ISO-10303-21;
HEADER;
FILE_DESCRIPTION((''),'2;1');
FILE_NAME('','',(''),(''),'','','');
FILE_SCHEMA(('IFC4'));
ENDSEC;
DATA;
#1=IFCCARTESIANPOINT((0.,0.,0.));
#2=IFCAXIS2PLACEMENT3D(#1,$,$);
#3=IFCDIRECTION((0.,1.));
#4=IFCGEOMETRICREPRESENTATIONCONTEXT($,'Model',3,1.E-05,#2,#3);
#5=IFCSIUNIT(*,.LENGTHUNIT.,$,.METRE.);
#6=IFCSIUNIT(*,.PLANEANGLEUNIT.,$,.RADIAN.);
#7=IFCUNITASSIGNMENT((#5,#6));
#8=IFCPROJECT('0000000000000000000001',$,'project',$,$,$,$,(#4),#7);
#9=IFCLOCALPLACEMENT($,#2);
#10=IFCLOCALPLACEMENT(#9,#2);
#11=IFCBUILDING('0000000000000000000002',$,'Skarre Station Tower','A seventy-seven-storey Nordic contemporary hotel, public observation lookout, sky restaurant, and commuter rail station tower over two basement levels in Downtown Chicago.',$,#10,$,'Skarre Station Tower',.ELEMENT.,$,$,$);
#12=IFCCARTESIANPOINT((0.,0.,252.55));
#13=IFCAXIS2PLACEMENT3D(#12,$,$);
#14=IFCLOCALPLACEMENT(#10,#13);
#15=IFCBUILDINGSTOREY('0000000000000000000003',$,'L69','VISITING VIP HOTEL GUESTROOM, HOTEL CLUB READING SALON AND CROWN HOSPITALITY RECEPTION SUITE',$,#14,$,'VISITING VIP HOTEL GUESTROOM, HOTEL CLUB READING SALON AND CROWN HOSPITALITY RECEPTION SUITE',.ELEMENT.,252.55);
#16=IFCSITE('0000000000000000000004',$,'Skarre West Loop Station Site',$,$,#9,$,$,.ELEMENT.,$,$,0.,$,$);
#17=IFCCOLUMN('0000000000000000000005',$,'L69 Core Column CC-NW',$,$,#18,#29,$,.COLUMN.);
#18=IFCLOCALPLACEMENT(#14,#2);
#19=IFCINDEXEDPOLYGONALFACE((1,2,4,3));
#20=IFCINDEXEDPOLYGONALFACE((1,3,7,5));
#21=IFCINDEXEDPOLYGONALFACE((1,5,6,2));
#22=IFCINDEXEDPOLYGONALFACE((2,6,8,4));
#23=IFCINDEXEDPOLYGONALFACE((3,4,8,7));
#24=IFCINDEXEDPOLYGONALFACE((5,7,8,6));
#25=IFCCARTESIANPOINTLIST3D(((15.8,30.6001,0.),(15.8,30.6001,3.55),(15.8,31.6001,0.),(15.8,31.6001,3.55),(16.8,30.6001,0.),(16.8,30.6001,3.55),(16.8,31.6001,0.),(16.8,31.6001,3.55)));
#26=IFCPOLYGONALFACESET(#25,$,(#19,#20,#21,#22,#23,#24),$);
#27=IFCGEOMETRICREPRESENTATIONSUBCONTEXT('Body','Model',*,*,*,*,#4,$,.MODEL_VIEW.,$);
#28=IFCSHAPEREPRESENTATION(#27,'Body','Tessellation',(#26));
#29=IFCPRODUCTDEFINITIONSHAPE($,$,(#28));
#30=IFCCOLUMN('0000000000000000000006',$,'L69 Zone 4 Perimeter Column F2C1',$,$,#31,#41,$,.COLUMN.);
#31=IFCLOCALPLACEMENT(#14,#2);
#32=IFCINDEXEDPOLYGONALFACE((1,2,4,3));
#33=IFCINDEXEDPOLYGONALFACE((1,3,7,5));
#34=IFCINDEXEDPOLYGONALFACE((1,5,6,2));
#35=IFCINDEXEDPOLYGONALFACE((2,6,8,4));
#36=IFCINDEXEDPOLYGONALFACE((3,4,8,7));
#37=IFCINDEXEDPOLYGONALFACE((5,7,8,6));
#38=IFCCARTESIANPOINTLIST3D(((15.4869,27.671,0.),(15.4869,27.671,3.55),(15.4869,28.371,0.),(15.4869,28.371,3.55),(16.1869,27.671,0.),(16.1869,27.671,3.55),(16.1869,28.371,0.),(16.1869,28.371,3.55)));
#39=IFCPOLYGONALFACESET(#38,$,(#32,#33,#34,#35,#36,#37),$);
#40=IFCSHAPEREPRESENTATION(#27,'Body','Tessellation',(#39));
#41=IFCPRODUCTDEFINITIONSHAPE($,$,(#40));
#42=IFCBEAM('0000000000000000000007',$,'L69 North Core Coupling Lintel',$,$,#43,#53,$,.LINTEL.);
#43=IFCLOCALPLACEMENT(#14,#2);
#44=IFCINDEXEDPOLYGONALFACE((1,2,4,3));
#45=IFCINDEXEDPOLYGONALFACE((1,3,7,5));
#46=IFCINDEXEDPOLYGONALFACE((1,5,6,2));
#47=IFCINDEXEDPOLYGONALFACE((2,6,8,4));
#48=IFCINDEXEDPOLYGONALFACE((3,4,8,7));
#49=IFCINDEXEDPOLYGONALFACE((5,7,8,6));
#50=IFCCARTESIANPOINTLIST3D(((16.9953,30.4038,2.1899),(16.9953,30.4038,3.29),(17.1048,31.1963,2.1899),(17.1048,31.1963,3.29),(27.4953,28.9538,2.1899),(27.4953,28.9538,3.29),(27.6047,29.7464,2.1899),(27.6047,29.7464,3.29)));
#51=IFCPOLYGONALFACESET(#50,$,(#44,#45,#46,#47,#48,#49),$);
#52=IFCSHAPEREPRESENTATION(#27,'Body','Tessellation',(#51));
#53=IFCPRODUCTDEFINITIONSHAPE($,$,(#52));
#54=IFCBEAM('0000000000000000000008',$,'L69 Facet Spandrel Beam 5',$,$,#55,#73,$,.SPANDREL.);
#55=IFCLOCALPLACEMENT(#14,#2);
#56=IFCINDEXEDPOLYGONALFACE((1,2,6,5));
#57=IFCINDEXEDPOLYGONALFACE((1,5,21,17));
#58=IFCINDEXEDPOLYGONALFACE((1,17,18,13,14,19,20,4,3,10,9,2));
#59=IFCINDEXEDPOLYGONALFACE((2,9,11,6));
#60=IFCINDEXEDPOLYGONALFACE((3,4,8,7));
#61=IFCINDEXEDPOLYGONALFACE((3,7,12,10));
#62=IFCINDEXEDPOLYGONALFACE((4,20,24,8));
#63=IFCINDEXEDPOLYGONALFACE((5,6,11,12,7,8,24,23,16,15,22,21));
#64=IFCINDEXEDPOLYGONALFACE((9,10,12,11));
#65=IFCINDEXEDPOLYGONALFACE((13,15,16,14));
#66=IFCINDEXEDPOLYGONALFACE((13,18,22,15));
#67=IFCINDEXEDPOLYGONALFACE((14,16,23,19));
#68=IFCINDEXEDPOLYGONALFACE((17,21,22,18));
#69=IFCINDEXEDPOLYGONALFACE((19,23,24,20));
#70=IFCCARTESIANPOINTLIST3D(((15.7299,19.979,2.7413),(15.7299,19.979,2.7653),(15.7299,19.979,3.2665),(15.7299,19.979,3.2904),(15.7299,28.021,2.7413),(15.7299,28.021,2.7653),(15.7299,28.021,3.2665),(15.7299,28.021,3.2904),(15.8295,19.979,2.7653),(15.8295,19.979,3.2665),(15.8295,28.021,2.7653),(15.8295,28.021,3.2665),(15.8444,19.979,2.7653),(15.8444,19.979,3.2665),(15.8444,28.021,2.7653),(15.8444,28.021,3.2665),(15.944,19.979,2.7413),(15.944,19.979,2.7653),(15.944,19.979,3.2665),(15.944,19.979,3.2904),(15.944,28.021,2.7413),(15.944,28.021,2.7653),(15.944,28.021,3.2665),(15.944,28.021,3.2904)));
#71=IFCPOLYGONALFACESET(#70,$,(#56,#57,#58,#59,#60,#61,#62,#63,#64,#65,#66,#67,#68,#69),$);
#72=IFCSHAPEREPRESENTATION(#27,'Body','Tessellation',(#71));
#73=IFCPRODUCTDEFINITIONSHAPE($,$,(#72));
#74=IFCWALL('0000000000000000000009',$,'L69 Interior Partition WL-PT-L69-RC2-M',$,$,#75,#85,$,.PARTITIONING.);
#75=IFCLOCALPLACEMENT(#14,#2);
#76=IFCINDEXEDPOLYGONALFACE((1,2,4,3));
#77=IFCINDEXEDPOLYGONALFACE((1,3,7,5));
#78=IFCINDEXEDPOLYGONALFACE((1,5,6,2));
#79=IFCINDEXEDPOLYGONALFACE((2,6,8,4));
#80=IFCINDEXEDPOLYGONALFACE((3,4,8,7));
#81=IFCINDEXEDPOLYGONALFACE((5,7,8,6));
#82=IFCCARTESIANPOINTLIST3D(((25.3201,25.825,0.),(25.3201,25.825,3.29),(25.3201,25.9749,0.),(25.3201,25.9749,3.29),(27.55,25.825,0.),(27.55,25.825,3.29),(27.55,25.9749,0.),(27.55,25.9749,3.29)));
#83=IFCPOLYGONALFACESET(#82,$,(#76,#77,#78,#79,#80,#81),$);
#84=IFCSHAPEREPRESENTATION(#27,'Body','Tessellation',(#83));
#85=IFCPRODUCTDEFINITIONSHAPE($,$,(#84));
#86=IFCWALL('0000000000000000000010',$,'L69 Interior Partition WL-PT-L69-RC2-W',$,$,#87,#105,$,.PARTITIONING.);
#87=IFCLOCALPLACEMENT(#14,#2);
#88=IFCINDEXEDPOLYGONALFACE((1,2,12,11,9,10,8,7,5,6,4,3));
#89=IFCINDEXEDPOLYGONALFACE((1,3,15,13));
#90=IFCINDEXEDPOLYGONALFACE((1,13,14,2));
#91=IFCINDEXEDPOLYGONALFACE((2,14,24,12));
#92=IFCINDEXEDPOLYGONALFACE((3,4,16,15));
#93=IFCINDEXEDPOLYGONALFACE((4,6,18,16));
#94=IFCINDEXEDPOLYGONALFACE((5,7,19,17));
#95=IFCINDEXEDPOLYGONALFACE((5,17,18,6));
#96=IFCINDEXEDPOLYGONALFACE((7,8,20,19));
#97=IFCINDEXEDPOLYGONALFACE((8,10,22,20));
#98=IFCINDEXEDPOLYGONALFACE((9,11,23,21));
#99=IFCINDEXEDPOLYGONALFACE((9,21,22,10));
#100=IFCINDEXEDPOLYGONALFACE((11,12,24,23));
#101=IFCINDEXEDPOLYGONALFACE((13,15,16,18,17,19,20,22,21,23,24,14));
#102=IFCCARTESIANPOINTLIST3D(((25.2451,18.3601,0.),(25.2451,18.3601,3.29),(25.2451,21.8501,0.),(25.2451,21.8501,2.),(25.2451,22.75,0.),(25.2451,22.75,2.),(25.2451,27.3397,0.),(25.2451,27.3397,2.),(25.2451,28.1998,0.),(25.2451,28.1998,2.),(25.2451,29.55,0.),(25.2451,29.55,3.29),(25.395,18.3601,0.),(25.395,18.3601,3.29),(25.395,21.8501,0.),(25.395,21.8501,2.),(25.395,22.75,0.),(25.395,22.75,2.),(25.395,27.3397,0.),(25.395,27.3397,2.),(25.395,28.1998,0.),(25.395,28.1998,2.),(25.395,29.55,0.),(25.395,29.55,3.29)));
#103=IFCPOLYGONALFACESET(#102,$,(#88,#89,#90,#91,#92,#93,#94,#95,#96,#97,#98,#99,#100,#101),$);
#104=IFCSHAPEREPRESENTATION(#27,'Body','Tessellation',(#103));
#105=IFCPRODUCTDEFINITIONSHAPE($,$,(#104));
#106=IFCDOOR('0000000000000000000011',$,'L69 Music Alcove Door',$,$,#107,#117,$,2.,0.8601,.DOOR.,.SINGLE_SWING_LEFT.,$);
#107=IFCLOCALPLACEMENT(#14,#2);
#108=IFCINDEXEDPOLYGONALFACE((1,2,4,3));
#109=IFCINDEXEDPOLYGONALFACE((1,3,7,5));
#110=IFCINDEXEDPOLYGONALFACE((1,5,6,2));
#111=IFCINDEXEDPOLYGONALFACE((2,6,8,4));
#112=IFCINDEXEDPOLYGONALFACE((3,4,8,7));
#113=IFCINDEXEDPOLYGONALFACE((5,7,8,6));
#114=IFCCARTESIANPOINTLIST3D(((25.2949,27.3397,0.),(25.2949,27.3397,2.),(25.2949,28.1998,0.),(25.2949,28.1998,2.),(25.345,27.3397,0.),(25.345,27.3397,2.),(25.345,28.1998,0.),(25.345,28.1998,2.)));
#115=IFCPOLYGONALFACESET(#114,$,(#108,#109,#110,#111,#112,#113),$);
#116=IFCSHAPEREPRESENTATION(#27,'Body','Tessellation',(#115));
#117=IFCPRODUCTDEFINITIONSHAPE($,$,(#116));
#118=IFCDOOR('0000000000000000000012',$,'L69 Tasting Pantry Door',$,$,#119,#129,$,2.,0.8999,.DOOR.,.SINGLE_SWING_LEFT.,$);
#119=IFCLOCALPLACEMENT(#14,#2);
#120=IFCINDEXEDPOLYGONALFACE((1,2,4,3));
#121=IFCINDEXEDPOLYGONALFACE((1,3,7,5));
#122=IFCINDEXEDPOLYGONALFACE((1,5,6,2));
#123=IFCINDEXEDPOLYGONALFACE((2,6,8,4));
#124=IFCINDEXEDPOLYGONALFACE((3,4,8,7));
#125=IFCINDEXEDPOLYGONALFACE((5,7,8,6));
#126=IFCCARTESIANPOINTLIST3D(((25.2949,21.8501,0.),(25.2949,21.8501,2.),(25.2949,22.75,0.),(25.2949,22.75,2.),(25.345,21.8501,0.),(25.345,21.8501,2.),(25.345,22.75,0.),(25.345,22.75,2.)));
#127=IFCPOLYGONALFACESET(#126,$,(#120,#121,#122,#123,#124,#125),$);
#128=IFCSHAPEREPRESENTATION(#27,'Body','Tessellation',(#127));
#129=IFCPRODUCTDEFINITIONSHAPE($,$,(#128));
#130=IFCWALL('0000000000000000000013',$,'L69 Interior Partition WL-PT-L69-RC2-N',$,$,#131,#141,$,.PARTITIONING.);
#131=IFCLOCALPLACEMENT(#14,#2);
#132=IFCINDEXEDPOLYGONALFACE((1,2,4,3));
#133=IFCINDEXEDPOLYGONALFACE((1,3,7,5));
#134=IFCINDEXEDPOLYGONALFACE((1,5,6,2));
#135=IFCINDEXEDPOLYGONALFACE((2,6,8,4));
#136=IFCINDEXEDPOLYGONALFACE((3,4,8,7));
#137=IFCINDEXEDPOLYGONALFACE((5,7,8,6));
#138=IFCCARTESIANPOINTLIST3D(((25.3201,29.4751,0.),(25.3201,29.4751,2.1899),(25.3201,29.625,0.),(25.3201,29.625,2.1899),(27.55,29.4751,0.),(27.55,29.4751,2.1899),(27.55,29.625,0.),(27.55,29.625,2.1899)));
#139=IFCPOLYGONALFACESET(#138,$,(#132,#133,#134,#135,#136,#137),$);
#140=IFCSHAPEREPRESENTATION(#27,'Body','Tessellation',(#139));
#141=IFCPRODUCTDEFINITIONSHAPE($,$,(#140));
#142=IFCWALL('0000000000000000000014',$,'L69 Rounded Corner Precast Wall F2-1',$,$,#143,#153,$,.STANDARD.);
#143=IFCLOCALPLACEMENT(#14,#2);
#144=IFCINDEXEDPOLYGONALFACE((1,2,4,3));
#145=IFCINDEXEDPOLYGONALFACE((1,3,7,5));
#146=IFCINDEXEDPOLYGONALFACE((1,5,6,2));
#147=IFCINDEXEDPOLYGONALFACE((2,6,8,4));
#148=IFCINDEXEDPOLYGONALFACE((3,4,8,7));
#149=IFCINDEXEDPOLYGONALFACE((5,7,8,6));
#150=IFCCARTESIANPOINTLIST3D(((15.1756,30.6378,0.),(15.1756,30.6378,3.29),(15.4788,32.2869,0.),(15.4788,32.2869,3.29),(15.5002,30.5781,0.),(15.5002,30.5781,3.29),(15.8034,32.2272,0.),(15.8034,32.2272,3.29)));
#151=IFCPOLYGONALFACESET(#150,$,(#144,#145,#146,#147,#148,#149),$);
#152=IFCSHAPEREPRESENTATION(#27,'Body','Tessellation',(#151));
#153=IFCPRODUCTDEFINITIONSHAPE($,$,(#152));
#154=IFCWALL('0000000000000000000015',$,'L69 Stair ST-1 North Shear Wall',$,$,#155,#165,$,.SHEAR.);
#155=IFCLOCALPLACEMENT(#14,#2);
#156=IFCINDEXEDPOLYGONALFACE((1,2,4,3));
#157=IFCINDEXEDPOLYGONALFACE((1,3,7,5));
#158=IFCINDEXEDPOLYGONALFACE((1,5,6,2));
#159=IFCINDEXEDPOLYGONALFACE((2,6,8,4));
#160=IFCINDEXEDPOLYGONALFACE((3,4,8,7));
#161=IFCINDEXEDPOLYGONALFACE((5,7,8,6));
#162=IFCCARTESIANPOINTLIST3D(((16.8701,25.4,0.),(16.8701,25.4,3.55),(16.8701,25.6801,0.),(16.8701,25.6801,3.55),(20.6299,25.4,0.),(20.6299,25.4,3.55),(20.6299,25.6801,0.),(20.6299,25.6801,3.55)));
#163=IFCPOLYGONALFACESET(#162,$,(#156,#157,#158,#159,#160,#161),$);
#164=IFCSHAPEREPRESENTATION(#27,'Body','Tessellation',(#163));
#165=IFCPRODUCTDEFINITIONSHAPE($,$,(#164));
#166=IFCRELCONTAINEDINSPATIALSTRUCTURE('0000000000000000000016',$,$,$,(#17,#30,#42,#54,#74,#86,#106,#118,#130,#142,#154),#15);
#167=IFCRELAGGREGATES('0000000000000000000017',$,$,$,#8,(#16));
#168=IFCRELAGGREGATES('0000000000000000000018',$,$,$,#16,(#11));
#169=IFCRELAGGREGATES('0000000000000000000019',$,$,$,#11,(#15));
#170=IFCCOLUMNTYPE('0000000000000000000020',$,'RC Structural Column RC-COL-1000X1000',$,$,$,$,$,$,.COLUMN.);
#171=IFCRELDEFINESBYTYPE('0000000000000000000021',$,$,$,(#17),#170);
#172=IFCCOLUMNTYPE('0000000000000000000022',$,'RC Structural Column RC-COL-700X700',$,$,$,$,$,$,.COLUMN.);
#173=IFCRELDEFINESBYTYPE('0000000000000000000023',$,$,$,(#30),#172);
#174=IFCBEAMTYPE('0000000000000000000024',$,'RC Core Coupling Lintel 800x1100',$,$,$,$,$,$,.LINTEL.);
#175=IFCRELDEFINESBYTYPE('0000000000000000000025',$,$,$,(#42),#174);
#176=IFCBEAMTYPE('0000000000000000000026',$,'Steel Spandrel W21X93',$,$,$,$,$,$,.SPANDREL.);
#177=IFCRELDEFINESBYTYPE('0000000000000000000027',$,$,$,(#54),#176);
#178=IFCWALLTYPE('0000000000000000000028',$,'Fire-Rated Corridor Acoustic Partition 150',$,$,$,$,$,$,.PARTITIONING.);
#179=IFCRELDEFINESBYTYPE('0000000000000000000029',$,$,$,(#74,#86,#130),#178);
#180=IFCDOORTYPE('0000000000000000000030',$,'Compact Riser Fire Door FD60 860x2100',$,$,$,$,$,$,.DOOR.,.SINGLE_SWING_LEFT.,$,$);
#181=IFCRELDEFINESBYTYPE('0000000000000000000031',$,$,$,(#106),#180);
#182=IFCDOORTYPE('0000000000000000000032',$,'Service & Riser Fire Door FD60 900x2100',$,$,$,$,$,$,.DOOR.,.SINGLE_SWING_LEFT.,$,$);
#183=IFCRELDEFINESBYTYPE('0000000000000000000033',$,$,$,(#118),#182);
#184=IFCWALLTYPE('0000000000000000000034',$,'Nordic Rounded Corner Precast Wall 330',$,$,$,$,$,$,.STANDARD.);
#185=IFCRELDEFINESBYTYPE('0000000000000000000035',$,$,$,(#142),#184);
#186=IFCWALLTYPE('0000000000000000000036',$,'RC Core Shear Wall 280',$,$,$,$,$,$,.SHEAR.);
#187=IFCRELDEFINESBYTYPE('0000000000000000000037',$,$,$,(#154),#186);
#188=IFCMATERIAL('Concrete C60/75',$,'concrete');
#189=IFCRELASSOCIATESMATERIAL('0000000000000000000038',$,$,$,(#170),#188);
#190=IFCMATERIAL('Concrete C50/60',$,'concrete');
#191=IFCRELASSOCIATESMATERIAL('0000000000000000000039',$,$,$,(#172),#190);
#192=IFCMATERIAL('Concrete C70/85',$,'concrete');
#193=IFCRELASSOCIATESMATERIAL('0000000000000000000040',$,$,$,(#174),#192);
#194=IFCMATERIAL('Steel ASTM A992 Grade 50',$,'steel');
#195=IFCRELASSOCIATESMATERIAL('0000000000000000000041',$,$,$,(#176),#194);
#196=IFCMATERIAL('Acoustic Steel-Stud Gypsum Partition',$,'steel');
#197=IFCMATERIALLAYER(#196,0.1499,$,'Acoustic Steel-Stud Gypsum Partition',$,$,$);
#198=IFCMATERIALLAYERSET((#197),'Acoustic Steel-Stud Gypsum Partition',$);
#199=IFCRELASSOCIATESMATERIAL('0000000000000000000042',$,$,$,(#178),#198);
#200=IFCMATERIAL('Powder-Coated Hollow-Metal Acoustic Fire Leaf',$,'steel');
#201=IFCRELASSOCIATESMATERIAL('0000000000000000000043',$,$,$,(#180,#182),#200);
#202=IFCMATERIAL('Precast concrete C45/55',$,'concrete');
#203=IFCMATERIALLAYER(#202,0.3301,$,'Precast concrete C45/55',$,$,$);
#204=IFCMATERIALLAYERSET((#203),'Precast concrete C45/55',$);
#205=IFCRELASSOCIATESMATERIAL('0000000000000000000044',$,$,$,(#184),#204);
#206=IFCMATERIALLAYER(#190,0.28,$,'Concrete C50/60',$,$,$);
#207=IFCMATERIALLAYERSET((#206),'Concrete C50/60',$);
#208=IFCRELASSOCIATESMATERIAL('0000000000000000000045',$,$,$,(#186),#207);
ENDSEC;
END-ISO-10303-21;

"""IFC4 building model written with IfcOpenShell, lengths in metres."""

from ifc_helpers import new_model, si_unit, direction, frame, frame_2d, origin, origin_2d, place, context, subcontext, project, spatial, rectangle, i_section, extrude, material, layer, layer_set, material_profile, profile_set, type_object, element, fill, save


model = new_model("IFC4")

# Units and contexts
model_context = context("Model", 3, precision=1e-05, world=origin(), true_north=direction((0.0, 1.0)))
body_context = subcontext(model_context, "Body", "Model", "MODEL_VIEW")
ifc_project = project(units=[si_unit("LENGTHUNIT", "METRE"), si_unit("PLANEANGLEUNIT", "RADIAN")], contexts=[model_context])

# Site, building, storey
site_placement = place(None, origin())
site = spatial("IfcSite", under=ifc_project, at=site_placement, Name="Skarre West Loop Station Site", CompositionType="ELEMENT", RefElevation=0.0)
building_placement = place(site_placement, origin())
building = spatial("IfcBuilding", under=site, at=building_placement, Name="Skarre Station Tower", Description="A seventy-seven-storey Nordic contemporary hotel, public observation lookout, sky restaurant, and commuter rail station tower over two basement levels in Downtown Chicago.", LongName="Skarre Station Tower", CompositionType="ELEMENT")
storey_placement = place(building_placement, frame((0.0, 0.0, 252.55)))
storey = spatial("IfcBuildingStorey", under=building, at=storey_placement, Name="L69", Description="VISITING VIP HOTEL GUESTROOM, HOTEL CLUB READING SALON AND CROWN HOSPITALITY RECEPTION SUITE", LongName="VISITING VIP HOTEL GUESTROOM, HOTEL CLUB READING SALON AND CROWN HOSPITALITY RECEPTION SUITE", CompositionType="ELEMENT", Elevation=252.55)

# Columns
ifc_material_1 = material(Name="Concrete C60/75", Category="concrete")
ifc_material_profile_1 = material_profile(ifc_material_1, rectangle(XDim=1.0, YDim=1.0, at=origin_2d()), Name="Concrete C60/75")
ifc_profile_set_1 = profile_set([ifc_material_profile_1], Name="Concrete C60/75")
column_type_1 = type_object("IfcColumnType", Name="RC Structural Column RC-COL-1000X1000", PredefinedType="COLUMN", material=ifc_profile_set_1)
column_1_placement = place(storey_placement, frame((16.3, 31.1001, 0.0), z_axis=(0.0, 0.0, 1.0), x_axis=(1.0, 0.0, 0.0)))
element("IfcColumn", 1, at=column_1_placement, inside=storey, type_object=column_type_1, Name="L69 Core Column CC-NW", PredefinedType="COLUMN", context=body_context, shape_type="SweptSolid", body=[
    extrude(rectangle(XDim=1.0, YDim=1.0, at=origin_2d()), origin(), (0.0, 0.0, 1.0), 3.55),
])
ifc_material_2 = material(Name="Concrete C50/60", Category="concrete")
ifc_material_profile_2 = material_profile(ifc_material_2, rectangle(XDim=0.7, YDim=0.7, at=origin_2d()), Name="Concrete C50/60")
ifc_profile_set_2 = profile_set([ifc_material_profile_2], Name="Concrete C50/60")
column_type_2 = type_object("IfcColumnType", Name="RC Structural Column RC-COL-700X700", PredefinedType="COLUMN", material=ifc_profile_set_2)
column_2_placement = place(storey_placement, frame((15.8369, 28.021, 0.0), z_axis=(0.0, 0.0, 1.0), x_axis=(1.0, 0.0, 0.0)))
element("IfcColumn", 2, at=column_2_placement, inside=storey, type_object=column_type_2, Name="L69 Zone 4 Perimeter Column F2C1", PredefinedType="COLUMN", context=body_context, shape_type="SweptSolid", body=[
    extrude(rectangle(XDim=0.7, YDim=0.7, at=origin_2d()), origin(), (0.0, 0.0, 1.0), 3.55),
])

# Beams
ifc_material_3 = material(Name="Concrete C70/85", Category="concrete")
ifc_material_profile_3 = material_profile(ifc_material_3, rectangle(XDim=0.8, YDim=1.1001, at=origin_2d()), Name="Concrete C70/85")
ifc_profile_set_3 = profile_set([ifc_material_profile_3], Name="Concrete C70/85")
beam_type_1 = type_object("IfcBeamType", Name="RC Core Coupling Lintel 800x1100", PredefinedType="LINTEL", material=ifc_profile_set_3)
beam_1_placement = place(storey_placement, frame((17.05, 30.8, 2.74), z_axis=(0.9906, -0.136792, 0.0), x_axis=(0.136792, 0.9906, 0.0)))
element("IfcBeam", 3, at=beam_1_placement, inside=storey, type_object=beam_type_1, Name="L69 North Core Coupling Lintel", PredefinedType="LINTEL", context=body_context, shape_type="SweptSolid", body=[
    extrude(rectangle(XDim=0.8, YDim=1.1001, at=origin_2d()), origin(), (0.0, 0.0, 1.0), 10.5996),
])
ifc_material_4 = material(Name="Steel ASTM A992 Grade 50", Category="steel")
ifc_material_profile_4 = material_profile(ifc_material_4, i_section(OverallWidth=0.2141, OverallDepth=0.5491, WebThickness=0.0149, FlangeThickness=0.0239, at=origin_2d()), Name="Steel ASTM A992 Grade 50")
ifc_profile_set_4 = profile_set([ifc_material_profile_4], Name="Steel ASTM A992 Grade 50")
beam_type_2 = type_object("IfcBeamType", Name="Steel Spandrel W21X93", PredefinedType="SPANDREL", material=ifc_profile_set_4)
beam_2_placement = place(storey_placement, frame((15.8369, 28.021, 3.0159), z_axis=(0.0, -1.0, 0.0), x_axis=(1.0, 0.0, 0.0)))
element("IfcBeam", 4, at=beam_2_placement, inside=storey, type_object=beam_type_2, Name="L69 Facet Spandrel Beam 5", PredefinedType="SPANDREL", context=body_context, shape_type="SweptSolid", body=[
    extrude(i_section(OverallWidth=0.2141, OverallDepth=0.5491, WebThickness=0.0149, FlangeThickness=0.0239, at=origin_2d()), origin(), (0.0, 0.0, 1.0), 8.042),
])

# Wall
ifc_material_5 = material(Name="Acoustic Steel-Stud Gypsum Partition", Category="steel")
ifc_layer_1 = layer(ifc_material_5, 0.1499, Name="Acoustic Steel-Stud Gypsum Partition")
ifc_layer_set_1 = layer_set([ifc_layer_1], Name="Acoustic Steel-Stud Gypsum Partition")
wall_type_1 = type_object("IfcWallType", Name="Fire-Rated Corridor Acoustic Partition 150", PredefinedType="PARTITIONING", material=ifc_layer_set_1)
wall_1_placement = place(storey_placement, frame((25.3201, 25.8999, 0.0), z_axis=(0.0, 0.0, 1.0), x_axis=(1.0, 0.0, 0.0)))
element("IfcWall", 5, at=wall_1_placement, inside=storey, type_object=wall_type_1, Name="L69 Interior Partition WL-PT-L69-RC2-M", PredefinedType="PARTITIONING", context=body_context, shape_type="SweptSolid", body=[
    extrude(rectangle(XDim=2.23, YDim=0.1499, at=frame_2d((1.115, 0.0))), origin(), (0.0, 0.0, 1.0), 3.29),
])

# Wall, openings, doors
wall_2_placement = place(storey_placement, frame((25.3201, 29.55, 0.0), z_axis=(0.0, 0.0, 1.0), x_axis=(0.0, -1.0, 0.0)))
wall_2 = element("IfcWall", 6, at=wall_2_placement, inside=storey, type_object=wall_type_1, Name="L69 Interior Partition WL-PT-L69-RC2-W", PredefinedType="PARTITIONING", context=body_context, shape_type="SweptSolid", body=[
    extrude(rectangle(XDim=11.1899, YDim=0.1499, at=frame_2d((5.595, 0.0))), origin(), (0.0, 0.0, 1.0), 3.29),
])
opening_1_placement = place(wall_2_placement, frame((1.3501, 0.0, 0.0)))
opening_1 = element("IfcOpeningElement", 7, at=opening_1_placement, cuts=wall_2, PredefinedType="OPENING", context=body_context, shape_type="SweptSolid", body=[
    extrude(rectangle(XDim=0.8601, YDim=2.0, at=frame_2d((0.4302, 1.0))), frame((0.0, 0.085, 0.0), z_axis=(0.0, -1.0, 0.0), x_axis=(1.0, 0.0, 0.0)), (0.0, 0.0, 1.0), 0.1699),
])
opening_2_placement = place(wall_2_placement, frame((6.8, 0.0, 0.0)))
opening_2 = element("IfcOpeningElement", 8, at=opening_2_placement, cuts=wall_2, PredefinedType="OPENING", context=body_context, shape_type="SweptSolid", body=[
    extrude(rectangle(XDim=0.8999, YDim=2.0, at=frame_2d((0.45, 1.0))), frame((0.0, 0.085, 0.0), z_axis=(0.0, -1.0, 0.0), x_axis=(1.0, 0.0, 0.0)), (0.0, 0.0, 1.0), 0.1699),
])
ifc_material_6 = material(Name="Powder-Coated Hollow-Metal Acoustic Fire Leaf", Category="steel")
door_type_1 = type_object("IfcDoorType", Name="Compact Riser Fire Door FD60 860x2100", OperationType="SINGLE_SWING_LEFT", PredefinedType="DOOR", material=ifc_material_6)
door_1_placement = place(opening_1_placement, origin())
door_1 = element("IfcDoor", 9, at=door_1_placement, inside=storey, type_object=door_type_1, Name="L69 Music Alcove Door", OperationType="SINGLE_SWING_LEFT", OverallHeight=2.0, OverallWidth=0.8601, PredefinedType="DOOR", context=body_context, shape_type="SweptSolid", body=[
    extrude(rectangle(XDim=0.8601, YDim=2.0, at=frame_2d((0.4302, 1.0))), frame((0.0, 0.0249, 0.0), z_axis=(0.0, -1.0, 0.0), x_axis=(1.0, 0.0, 0.0)), (0.0, 0.0, 1.0), 0.05),
])
fill(opening_1, door_1)
door_type_2 = type_object("IfcDoorType", Name="Service & Riser Fire Door FD60 900x2100", OperationType="SINGLE_SWING_LEFT", PredefinedType="DOOR", material=ifc_material_6)
door_2_placement = place(opening_2_placement, origin())
door_2 = element("IfcDoor", 10, at=door_2_placement, inside=storey, type_object=door_type_2, Name="L69 Tasting Pantry Door", OperationType="SINGLE_SWING_LEFT", OverallHeight=2.0, OverallWidth=0.8999, PredefinedType="DOOR", context=body_context, shape_type="SweptSolid", body=[
    extrude(rectangle(XDim=0.8999, YDim=2.0, at=frame_2d((0.45, 1.0))), frame((0.0, 0.0249, 0.0), z_axis=(0.0, -1.0, 0.0), x_axis=(1.0, 0.0, 0.0)), (0.0, 0.0, 1.0), 0.05),
])
fill(opening_2, door_2)

# Walls
wall_3_placement = place(storey_placement, frame((27.55, 29.55, 0.0), z_axis=(0.0, 0.0, 1.0), x_axis=(-1.0, 0.0, 0.0)))
element("IfcWall", 11, at=wall_3_placement, inside=storey, type_object=wall_type_1, Name="L69 Interior Partition WL-PT-L69-RC2-N", PredefinedType="PARTITIONING", context=body_context, shape_type="SweptSolid", body=[
    extrude(rectangle(XDim=2.23, YDim=0.1499, at=frame_2d((1.115, 0.0))), origin(), (0.0, 0.0, 1.0), 2.1899),
])
ifc_material_7 = material(Name="Precast concrete C45/55", Category="concrete")
ifc_layer_2 = layer(ifc_material_7, 0.3301, Name="Precast concrete C45/55")
ifc_layer_set_2 = layer_set([ifc_layer_2], Name="Precast concrete C45/55")
wall_type_2 = type_object("IfcWallType", Name="Nordic Rounded Corner Precast Wall 330", PredefinedType="STANDARD", material=ifc_layer_set_2)
wall_4_placement = place(storey_placement, frame((15.3379, 30.6079, 0.0), z_axis=(0.0, 0.0, 1.0), x_axis=(0.180833, 0.983514, 0.0)))
element("IfcWall", 12, at=wall_4_placement, inside=storey, type_object=wall_type_2, Name="L69 Rounded Corner Precast Wall F2-1", PredefinedType="STANDARD", context=body_context, shape_type="SweptSolid", body=[
    extrude(rectangle(XDim=1.6768, YDim=0.3301, at=frame_2d((0.8384, 0.0))), origin(), (0.0, 0.0, 1.0), 3.29),
])
ifc_layer_3 = layer(ifc_material_2, 0.28, Name="Concrete C50/60")
ifc_layer_set_3 = layer_set([ifc_layer_3], Name="Concrete C50/60")
wall_type_3 = type_object("IfcWallType", Name="RC Core Shear Wall 280", PredefinedType="SHEAR", material=ifc_layer_set_3)
wall_5_placement = place(storey_placement, frame((20.6299, 25.54, 0.0), z_axis=(0.0, 0.0, 1.0), x_axis=(-1.0, 0.0, 0.0)))
element("IfcWall", 13, at=wall_5_placement, inside=storey, type_object=wall_type_3, Name="L69 Stair ST-1 North Shear Wall", PredefinedType="SHEAR", context=body_context, shape_type="SweptSolid", body=[
    extrude(rectangle(XDim=3.7598, YDim=0.28, at=frame_2d((1.8799, 0.0))), origin(), (0.0, 0.0, 1.0), 3.55),
])

save(model, "model.ifc")
